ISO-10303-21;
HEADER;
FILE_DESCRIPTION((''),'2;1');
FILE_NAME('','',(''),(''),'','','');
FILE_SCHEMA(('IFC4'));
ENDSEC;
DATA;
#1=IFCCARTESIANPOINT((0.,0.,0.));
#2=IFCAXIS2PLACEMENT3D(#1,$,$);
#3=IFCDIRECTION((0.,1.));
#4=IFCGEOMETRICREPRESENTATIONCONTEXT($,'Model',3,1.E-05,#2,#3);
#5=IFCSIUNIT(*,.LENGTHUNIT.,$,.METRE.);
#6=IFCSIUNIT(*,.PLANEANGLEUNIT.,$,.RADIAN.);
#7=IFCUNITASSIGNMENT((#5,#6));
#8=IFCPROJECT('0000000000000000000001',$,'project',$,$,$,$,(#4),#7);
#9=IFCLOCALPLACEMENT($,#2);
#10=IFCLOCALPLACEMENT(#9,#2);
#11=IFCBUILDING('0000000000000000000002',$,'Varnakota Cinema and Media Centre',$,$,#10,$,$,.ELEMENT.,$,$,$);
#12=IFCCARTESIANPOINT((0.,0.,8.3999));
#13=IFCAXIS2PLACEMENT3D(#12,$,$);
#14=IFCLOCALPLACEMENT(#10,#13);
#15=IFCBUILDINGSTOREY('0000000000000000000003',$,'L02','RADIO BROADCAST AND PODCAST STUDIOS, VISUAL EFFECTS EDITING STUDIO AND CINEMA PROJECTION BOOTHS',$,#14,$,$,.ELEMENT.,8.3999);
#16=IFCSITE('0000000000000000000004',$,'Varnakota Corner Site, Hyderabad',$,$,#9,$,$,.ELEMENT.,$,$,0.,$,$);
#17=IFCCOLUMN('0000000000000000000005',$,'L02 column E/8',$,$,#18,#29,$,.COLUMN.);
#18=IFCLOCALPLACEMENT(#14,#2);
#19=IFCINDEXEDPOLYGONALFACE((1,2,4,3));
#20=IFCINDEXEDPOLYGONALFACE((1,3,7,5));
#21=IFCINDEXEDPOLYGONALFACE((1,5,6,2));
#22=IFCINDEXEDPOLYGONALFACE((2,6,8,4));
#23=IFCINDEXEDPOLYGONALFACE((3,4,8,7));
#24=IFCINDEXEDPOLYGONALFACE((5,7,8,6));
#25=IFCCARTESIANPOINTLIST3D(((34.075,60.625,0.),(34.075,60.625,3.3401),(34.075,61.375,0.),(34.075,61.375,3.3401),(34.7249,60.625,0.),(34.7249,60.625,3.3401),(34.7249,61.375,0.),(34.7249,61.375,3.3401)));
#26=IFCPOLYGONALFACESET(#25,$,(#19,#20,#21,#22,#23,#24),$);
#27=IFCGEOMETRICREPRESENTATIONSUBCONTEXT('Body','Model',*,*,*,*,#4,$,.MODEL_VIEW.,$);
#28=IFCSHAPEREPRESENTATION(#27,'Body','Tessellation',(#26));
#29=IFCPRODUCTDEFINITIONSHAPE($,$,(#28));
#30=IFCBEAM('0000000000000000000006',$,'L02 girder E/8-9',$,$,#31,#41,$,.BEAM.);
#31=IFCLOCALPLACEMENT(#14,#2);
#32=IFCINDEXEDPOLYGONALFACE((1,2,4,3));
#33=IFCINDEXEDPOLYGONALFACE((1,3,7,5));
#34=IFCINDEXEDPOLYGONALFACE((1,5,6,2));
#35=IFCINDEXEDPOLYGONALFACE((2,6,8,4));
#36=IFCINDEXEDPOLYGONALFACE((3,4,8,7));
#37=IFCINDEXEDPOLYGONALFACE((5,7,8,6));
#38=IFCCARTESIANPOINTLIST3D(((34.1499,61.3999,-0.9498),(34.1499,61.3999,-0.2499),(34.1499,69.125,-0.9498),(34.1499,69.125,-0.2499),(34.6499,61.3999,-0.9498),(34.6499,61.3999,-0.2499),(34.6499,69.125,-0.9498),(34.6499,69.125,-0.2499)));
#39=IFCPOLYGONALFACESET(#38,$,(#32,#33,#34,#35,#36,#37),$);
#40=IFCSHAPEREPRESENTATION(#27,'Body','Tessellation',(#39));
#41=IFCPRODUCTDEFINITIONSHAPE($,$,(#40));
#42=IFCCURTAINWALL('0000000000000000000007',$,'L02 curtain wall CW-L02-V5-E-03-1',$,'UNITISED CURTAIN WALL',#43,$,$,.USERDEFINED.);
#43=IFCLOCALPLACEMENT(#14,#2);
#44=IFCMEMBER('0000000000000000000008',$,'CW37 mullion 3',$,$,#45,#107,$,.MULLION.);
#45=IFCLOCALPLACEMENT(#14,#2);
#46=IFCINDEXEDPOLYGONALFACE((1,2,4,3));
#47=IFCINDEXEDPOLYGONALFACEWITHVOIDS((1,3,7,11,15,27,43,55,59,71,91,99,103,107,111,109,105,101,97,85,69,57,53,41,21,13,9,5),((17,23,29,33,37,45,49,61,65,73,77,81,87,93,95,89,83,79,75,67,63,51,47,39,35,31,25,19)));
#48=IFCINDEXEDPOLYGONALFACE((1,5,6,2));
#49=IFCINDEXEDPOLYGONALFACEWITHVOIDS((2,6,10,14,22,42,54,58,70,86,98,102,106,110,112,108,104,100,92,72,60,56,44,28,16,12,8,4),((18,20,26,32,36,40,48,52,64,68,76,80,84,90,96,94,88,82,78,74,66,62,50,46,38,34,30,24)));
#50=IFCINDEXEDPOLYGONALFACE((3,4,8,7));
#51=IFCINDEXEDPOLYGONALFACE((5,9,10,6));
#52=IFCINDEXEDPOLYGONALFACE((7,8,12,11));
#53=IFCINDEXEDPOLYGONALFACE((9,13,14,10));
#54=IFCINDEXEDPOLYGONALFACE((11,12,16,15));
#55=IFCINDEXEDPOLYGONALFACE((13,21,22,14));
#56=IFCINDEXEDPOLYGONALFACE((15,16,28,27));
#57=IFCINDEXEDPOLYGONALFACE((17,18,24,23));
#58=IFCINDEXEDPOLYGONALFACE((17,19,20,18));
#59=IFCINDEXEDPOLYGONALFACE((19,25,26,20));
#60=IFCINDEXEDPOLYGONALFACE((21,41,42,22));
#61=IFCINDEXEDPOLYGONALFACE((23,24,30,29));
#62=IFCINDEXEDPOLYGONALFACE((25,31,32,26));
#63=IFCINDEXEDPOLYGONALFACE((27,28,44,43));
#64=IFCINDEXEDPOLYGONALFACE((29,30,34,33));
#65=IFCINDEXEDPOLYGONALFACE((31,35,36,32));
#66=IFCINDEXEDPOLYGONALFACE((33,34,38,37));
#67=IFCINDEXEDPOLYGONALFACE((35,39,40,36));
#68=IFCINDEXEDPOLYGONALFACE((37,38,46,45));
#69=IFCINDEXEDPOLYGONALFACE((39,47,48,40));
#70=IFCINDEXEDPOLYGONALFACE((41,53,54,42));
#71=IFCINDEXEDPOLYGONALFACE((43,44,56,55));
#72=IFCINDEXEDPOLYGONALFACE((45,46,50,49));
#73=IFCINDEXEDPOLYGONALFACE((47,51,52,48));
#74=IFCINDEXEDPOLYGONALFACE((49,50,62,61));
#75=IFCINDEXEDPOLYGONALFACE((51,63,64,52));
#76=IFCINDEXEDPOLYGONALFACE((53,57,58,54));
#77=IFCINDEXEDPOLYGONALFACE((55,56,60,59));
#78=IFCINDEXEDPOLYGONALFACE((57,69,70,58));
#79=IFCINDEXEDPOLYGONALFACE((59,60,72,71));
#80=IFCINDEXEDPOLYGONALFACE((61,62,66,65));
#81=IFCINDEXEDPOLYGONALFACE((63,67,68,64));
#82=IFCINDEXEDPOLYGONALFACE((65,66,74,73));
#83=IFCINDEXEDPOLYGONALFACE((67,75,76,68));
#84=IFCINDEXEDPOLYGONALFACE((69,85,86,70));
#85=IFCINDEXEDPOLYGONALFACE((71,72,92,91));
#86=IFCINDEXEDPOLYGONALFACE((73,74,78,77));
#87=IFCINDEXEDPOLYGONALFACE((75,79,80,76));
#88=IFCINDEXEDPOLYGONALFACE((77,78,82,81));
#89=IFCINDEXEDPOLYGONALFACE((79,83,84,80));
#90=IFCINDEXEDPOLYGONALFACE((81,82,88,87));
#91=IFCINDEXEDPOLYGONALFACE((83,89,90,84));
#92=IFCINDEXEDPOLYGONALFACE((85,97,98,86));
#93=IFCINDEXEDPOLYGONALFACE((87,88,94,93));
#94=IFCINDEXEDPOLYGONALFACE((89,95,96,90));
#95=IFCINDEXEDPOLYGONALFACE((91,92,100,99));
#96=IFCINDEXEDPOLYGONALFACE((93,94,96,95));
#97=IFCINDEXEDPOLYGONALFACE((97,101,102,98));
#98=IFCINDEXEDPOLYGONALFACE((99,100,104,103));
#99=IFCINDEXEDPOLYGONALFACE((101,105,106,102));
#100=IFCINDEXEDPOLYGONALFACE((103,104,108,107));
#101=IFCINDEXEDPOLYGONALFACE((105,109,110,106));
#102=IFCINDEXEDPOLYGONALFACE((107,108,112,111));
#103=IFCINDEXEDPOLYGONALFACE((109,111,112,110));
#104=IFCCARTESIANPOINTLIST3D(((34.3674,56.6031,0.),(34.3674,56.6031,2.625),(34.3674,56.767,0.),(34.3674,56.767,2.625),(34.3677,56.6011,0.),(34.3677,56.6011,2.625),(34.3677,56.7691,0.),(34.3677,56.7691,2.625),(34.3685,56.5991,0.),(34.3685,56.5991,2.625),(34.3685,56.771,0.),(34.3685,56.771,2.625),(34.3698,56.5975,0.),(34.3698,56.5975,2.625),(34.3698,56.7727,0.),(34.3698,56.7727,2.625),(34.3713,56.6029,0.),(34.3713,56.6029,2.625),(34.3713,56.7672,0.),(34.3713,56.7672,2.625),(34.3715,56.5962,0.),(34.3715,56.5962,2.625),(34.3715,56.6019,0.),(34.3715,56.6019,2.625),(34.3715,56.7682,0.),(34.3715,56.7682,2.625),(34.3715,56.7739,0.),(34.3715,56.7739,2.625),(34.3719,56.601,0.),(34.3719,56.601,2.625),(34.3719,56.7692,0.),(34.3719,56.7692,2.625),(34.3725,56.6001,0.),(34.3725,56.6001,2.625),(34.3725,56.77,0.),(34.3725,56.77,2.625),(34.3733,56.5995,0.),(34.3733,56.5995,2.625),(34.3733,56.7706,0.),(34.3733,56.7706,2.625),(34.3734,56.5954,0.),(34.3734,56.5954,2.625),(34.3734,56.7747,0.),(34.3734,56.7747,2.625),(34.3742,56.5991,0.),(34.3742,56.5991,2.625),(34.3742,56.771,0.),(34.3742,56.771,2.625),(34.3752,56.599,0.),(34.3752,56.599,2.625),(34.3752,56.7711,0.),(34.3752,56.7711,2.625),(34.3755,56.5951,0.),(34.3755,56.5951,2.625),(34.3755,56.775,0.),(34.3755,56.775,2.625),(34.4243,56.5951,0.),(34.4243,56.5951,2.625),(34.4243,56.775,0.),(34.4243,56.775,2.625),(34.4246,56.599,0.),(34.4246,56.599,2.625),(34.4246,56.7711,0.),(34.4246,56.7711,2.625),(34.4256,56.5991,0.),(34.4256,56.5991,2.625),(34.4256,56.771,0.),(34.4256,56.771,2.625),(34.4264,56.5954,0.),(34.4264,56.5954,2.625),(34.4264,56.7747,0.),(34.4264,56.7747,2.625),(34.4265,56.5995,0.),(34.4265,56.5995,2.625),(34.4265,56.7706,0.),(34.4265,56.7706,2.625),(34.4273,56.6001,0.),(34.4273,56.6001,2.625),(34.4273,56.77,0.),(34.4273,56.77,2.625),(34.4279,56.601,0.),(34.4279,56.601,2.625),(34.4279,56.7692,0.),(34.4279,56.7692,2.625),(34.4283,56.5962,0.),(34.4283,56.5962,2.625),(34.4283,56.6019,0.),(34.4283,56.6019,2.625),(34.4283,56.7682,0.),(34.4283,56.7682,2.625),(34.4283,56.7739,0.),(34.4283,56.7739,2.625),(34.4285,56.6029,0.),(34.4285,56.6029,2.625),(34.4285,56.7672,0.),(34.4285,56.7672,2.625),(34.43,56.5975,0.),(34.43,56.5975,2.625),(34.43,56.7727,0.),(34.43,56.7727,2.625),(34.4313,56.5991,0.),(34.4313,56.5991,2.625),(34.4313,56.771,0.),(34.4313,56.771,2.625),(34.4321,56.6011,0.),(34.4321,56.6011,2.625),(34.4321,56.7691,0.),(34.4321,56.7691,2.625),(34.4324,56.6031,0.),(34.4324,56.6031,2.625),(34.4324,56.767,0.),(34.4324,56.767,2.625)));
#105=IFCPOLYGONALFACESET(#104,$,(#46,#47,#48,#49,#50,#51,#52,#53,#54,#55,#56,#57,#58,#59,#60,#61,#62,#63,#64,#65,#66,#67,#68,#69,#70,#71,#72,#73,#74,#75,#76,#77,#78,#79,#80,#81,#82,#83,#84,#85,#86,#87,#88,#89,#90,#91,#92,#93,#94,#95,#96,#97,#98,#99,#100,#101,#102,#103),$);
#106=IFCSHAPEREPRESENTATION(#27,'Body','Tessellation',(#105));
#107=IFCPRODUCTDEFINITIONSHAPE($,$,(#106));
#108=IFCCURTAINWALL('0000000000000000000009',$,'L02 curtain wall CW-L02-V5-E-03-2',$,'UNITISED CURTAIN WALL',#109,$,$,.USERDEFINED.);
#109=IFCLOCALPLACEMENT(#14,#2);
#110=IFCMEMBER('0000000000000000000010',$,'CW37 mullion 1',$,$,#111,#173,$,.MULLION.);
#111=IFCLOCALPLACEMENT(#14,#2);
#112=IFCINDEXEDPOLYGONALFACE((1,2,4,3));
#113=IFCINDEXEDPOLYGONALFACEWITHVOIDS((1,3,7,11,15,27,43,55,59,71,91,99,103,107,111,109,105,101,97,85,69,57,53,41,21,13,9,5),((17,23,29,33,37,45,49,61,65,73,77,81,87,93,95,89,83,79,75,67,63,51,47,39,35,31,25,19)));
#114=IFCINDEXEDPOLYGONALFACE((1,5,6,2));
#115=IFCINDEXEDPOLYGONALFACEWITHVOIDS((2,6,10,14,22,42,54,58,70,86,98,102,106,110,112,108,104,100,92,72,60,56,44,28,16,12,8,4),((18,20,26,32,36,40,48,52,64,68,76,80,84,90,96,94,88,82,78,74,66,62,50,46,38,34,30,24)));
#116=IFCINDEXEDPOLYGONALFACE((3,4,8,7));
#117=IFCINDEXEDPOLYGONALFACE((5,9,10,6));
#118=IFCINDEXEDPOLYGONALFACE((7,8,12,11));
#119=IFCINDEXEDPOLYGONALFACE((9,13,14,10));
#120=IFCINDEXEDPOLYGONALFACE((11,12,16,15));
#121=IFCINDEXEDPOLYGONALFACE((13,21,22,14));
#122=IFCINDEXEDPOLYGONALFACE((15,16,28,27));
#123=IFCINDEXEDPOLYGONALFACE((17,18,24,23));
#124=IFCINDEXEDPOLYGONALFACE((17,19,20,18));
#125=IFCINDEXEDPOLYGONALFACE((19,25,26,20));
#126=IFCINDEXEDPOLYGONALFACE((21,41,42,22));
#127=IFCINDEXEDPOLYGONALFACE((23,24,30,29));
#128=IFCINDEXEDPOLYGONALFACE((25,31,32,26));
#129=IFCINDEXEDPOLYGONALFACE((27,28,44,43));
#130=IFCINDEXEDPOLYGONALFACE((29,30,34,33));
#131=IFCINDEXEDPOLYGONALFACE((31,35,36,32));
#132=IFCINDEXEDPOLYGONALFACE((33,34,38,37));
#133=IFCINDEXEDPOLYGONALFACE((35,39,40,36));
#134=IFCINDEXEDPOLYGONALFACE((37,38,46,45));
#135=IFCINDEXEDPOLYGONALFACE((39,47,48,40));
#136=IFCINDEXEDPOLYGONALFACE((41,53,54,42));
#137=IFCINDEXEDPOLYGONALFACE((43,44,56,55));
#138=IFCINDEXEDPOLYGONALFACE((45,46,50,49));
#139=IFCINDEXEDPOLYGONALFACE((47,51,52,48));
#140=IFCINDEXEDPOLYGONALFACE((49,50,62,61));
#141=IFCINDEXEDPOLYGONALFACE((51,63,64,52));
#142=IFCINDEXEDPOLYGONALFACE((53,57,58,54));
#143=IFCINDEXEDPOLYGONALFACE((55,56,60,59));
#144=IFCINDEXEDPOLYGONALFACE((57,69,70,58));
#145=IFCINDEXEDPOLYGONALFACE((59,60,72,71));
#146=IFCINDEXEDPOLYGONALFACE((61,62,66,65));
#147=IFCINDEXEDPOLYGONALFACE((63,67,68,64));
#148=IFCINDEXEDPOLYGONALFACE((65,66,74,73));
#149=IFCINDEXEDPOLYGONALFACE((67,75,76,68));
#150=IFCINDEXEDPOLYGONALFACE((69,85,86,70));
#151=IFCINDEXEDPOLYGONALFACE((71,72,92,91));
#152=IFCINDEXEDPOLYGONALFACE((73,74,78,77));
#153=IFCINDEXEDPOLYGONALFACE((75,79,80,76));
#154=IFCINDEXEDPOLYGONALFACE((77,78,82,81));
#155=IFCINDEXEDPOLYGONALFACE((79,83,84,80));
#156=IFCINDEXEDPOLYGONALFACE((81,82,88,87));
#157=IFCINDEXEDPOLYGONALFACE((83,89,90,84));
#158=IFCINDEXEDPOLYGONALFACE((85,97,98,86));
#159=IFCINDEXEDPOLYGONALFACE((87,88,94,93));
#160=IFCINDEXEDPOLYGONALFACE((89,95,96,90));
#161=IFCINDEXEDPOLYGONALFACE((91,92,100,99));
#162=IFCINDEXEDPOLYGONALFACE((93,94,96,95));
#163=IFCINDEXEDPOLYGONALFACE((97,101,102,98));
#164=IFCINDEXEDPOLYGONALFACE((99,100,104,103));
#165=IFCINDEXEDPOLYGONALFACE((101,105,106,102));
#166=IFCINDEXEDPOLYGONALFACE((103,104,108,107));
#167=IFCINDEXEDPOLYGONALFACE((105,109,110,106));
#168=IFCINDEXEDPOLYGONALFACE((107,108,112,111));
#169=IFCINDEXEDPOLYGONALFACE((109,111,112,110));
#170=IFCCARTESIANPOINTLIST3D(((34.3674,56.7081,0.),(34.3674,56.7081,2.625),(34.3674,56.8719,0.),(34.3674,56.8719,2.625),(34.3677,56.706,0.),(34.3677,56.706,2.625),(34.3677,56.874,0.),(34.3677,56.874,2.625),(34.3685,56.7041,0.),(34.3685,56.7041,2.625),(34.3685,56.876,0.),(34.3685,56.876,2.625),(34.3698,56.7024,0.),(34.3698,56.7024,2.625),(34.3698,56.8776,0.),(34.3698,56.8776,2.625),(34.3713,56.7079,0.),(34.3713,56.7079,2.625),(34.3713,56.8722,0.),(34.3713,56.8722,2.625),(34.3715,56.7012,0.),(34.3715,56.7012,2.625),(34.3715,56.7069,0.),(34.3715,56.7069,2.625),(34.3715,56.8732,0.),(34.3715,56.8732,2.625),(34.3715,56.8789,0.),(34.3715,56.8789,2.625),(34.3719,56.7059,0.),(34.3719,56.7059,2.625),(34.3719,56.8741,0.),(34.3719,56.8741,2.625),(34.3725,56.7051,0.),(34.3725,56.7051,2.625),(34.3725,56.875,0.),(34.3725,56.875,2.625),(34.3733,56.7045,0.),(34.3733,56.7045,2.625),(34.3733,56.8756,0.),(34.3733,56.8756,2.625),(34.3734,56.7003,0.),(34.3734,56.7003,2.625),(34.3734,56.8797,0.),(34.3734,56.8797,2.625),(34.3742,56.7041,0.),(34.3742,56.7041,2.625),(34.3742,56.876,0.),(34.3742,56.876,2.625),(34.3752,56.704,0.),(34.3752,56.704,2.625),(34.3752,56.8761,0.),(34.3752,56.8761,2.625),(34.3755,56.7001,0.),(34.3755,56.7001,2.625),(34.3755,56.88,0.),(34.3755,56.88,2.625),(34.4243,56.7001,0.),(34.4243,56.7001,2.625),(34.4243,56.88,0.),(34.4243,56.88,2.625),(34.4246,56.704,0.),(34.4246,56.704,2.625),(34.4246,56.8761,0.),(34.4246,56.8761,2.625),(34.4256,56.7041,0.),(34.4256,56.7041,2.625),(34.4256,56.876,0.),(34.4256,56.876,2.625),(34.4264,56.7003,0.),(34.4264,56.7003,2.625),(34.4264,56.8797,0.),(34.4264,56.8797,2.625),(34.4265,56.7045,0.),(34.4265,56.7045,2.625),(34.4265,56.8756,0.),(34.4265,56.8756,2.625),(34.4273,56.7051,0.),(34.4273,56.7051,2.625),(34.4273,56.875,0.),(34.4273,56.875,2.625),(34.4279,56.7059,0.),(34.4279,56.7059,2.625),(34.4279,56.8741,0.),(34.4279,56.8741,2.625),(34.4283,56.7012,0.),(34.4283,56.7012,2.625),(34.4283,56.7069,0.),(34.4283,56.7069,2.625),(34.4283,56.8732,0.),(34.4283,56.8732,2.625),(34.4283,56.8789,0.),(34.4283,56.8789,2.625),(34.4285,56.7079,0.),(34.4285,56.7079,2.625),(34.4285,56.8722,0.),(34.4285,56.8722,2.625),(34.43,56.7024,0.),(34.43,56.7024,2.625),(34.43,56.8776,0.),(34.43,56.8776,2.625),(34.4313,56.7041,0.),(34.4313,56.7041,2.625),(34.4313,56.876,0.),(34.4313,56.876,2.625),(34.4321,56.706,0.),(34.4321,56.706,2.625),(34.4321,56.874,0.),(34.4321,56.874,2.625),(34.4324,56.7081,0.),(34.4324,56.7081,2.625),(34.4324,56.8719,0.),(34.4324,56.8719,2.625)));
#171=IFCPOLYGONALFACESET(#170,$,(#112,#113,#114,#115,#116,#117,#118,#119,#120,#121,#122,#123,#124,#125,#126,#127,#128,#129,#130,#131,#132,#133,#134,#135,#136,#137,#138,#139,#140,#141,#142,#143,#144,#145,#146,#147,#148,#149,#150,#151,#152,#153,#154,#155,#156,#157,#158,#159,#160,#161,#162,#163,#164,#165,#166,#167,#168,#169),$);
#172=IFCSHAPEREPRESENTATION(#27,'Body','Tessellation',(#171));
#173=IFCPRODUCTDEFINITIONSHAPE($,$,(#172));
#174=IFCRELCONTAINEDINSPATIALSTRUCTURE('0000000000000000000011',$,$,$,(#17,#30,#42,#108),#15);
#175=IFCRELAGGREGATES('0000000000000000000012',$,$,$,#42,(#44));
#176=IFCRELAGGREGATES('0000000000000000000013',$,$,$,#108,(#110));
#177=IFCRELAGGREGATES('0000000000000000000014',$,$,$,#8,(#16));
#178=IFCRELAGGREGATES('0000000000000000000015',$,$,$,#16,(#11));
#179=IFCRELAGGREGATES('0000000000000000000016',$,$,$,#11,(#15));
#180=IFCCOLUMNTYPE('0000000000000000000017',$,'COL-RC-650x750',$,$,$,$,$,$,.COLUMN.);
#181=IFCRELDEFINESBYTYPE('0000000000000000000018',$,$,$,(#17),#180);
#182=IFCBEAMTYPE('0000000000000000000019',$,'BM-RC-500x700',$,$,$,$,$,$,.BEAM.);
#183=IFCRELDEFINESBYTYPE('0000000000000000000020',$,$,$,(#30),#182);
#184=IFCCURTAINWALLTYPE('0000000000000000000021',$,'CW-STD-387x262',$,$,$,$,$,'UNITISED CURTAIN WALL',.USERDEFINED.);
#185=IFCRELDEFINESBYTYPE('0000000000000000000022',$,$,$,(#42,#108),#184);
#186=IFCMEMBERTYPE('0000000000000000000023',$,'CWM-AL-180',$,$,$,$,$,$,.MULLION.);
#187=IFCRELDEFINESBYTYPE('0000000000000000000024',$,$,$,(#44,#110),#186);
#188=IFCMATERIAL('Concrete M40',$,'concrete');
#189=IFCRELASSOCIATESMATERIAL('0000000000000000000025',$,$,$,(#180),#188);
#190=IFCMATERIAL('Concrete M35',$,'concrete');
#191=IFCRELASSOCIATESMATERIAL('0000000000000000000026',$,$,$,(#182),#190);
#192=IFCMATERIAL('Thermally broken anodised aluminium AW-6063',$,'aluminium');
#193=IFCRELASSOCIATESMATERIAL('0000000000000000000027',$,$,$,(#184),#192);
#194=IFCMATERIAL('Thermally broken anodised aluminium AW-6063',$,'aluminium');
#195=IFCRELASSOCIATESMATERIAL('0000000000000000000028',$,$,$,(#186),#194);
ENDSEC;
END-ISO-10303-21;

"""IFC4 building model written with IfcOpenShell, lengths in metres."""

from ifc_helpers import new_model, si_unit, direction, frame, origin, origin_2d, place, context, subcontext, project, spatial, rectangle, hollow_rectangle, extrude, material, material_profile, profile_set, type_object, element, aggregate, save


model = new_model("IFC4")

# Units and contexts
model_context = context("Model", 3, precision=1e-05, world=origin(), true_north=direction((0.0, 1.0)))
body_context = subcontext(model_context, "Body", "Model", "MODEL_VIEW")
ifc_project = project(units=[si_unit("LENGTHUNIT", "METRE"), si_unit("PLANEANGLEUNIT", "RADIAN")], contexts=[model_context])

# Site, building, storey
site_placement = place(None, origin())
site = spatial("IfcSite", under=ifc_project, at=site_placement, Name="Varnakota Corner Site, Hyderabad", CompositionType="ELEMENT", RefElevation=0.0)
building_placement = place(site_placement, origin())
building = spatial("IfcBuilding", under=site, at=building_placement, Name="Varnakota Cinema and Media Centre", CompositionType="ELEMENT")
storey_placement = place(building_placement, frame((0.0, 0.0, 8.3999)))
storey = spatial("IfcBuildingStorey", under=building, at=storey_placement, Name="L02", Description="RADIO BROADCAST AND PODCAST STUDIOS, VISUAL EFFECTS EDITING STUDIO AND CINEMA PROJECTION BOOTHS", CompositionType="ELEMENT", Elevation=8.3999)

# Column
ifc_material_1 = material(Name="Concrete M40", Category="concrete")
ifc_material_profile_1 = material_profile(ifc_material_1, rectangle(XDim=0.6499, YDim=0.75, at=origin_2d()), Name="RC 650x750")
ifc_profile_set_1 = profile_set([ifc_material_profile_1], Name="Concrete M40")
column_type = type_object("IfcColumnType", Name="COL-RC-650x750", PredefinedType="COLUMN", material=ifc_profile_set_1)
column_placement = place(storey_placement, frame((34.3999, 61.0, 0.0), z_axis=(0.0, 0.0, 1.0), x_axis=(1.0, 0.0, 0.0)))
element("IfcColumn", 1, at=column_placement, inside=storey, type_object=column_type, Name="L02 column E/8", PredefinedType="COLUMN", context=body_context, shape_type="SweptSolid", body=[
    extrude(rectangle(XDim=0.6499, YDim=0.75, at=origin_2d()), origin(), (0.0, 0.0, 1.0), 3.3401),
])

# Beam
ifc_material_2 = material(Name="Concrete M35", Category="concrete")
ifc_material_profile_2 = material_profile(ifc_material_2, rectangle(XDim=0.5, YDim=0.7, at=origin_2d()), Name="RCB 500x700")
ifc_profile_set_2 = profile_set([ifc_material_profile_2], Name="Concrete M35")
beam_type = type_object("IfcBeamType", Name="BM-RC-500x700", PredefinedType="BEAM", material=ifc_profile_set_2)
beam_placement = place(storey_placement, frame((34.3999, 61.3999, -0.5999), z_axis=(0.0, 1.0, 0.0), x_axis=(-1.0, 0.0, 0.0)))
element("IfcBeam", 2, at=beam_placement, inside=storey, type_object=beam_type, Name="L02 girder E/8-9", PredefinedType="BEAM", context=body_context, shape_type="SweptSolid", body=[
    extrude(rectangle(XDim=0.5, YDim=0.7, at=origin_2d()), origin(), (0.0, 0.0, 1.0), 7.7251),
])

# Curtain wall, member
ifc_material_3 = material(Name="Thermally broken anodised aluminium AW-6063", Category="aluminium")
curtain_wall_type = type_object("IfcCurtainWallType", Name="CW-STD-387x262", ElementType="UNITISED CURTAIN WALL", PredefinedType="USERDEFINED", material=ifc_material_3)
curtain_wall_1_placement = place(storey_placement, origin())
curtain_wall_1 = element("IfcCurtainWall", 3, at=curtain_wall_1_placement, inside=storey, type_object=curtain_wall_type, Name="L02 curtain wall CW-L02-V5-E-03-1", ObjectType="UNITISED CURTAIN WALL", PredefinedType="USERDEFINED")
ifc_material_4 = material(Name="Thermally broken anodised aluminium AW-6063", Category="aluminium")
ifc_material_profile_3 = material_profile(ifc_material_4, hollow_rectangle(XDim=0.0649, YDim=0.1799, WallThickness=0.0039, InnerFilletRadius=0.0039, OuterFilletRadius=0.0081, at=origin_2d()), Name="AL-MULLION 180x65x4")
ifc_profile_set_3 = profile_set([ifc_material_profile_3], Name="Thermally broken anodised aluminium AW-6063")
member_type_1 = type_object("IfcMemberType", Name="CWM-AL-180", PredefinedType="MULLION", material=ifc_profile_set_3)
member_1_placement = place(storey_placement, frame((34.3999, 56.6851, 0.0), z_axis=(0.0, 0.0, 1.0), x_axis=(-1.0, 0.0, 0.0)))
member_1 = element("IfcMember", 4, at=member_1_placement, type_object=member_type_1, Name="CW37 mullion 3", PredefinedType="MULLION", context=body_context, shape_type="SweptSolid", body=[
    extrude(hollow_rectangle(XDim=0.0649, YDim=0.1799, WallThickness=0.0039, InnerFilletRadius=0.0039, OuterFilletRadius=0.0081, at=origin_2d()), origin(), (0.0, 0.0, 1.0), 2.625),
])

# Curtain wall, member
curtain_wall_2_placement = place(storey_placement, origin())
curtain_wall_2 = element("IfcCurtainWall", 5, at=curtain_wall_2_placement, inside=storey, type_object=curtain_wall_type, Name="L02 curtain wall CW-L02-V5-E-03-2", ObjectType="UNITISED CURTAIN WALL", PredefinedType="USERDEFINED")
member_2_placement = place(storey_placement, frame((34.3999, 56.79, 0.0), z_axis=(0.0, 0.0, 1.0), x_axis=(-1.0, 0.0, 0.0)))
member_2 = element("IfcMember", 6, at=member_2_placement, type_object=member_type_1, Name="CW37 mullion 1", PredefinedType="MULLION", context=body_context, shape_type="SweptSolid", body=[
    extrude(hollow_rectangle(XDim=0.0649, YDim=0.1799, WallThickness=0.0039, InnerFilletRadius=0.0039, OuterFilletRadius=0.0081, at=origin_2d()), origin(), (0.0, 0.0, 1.0), 2.625),
])

aggregate(curtain_wall_1, [member_1])
aggregate(curtain_wall_2, [member_2])

save(model, "model.ifc")
